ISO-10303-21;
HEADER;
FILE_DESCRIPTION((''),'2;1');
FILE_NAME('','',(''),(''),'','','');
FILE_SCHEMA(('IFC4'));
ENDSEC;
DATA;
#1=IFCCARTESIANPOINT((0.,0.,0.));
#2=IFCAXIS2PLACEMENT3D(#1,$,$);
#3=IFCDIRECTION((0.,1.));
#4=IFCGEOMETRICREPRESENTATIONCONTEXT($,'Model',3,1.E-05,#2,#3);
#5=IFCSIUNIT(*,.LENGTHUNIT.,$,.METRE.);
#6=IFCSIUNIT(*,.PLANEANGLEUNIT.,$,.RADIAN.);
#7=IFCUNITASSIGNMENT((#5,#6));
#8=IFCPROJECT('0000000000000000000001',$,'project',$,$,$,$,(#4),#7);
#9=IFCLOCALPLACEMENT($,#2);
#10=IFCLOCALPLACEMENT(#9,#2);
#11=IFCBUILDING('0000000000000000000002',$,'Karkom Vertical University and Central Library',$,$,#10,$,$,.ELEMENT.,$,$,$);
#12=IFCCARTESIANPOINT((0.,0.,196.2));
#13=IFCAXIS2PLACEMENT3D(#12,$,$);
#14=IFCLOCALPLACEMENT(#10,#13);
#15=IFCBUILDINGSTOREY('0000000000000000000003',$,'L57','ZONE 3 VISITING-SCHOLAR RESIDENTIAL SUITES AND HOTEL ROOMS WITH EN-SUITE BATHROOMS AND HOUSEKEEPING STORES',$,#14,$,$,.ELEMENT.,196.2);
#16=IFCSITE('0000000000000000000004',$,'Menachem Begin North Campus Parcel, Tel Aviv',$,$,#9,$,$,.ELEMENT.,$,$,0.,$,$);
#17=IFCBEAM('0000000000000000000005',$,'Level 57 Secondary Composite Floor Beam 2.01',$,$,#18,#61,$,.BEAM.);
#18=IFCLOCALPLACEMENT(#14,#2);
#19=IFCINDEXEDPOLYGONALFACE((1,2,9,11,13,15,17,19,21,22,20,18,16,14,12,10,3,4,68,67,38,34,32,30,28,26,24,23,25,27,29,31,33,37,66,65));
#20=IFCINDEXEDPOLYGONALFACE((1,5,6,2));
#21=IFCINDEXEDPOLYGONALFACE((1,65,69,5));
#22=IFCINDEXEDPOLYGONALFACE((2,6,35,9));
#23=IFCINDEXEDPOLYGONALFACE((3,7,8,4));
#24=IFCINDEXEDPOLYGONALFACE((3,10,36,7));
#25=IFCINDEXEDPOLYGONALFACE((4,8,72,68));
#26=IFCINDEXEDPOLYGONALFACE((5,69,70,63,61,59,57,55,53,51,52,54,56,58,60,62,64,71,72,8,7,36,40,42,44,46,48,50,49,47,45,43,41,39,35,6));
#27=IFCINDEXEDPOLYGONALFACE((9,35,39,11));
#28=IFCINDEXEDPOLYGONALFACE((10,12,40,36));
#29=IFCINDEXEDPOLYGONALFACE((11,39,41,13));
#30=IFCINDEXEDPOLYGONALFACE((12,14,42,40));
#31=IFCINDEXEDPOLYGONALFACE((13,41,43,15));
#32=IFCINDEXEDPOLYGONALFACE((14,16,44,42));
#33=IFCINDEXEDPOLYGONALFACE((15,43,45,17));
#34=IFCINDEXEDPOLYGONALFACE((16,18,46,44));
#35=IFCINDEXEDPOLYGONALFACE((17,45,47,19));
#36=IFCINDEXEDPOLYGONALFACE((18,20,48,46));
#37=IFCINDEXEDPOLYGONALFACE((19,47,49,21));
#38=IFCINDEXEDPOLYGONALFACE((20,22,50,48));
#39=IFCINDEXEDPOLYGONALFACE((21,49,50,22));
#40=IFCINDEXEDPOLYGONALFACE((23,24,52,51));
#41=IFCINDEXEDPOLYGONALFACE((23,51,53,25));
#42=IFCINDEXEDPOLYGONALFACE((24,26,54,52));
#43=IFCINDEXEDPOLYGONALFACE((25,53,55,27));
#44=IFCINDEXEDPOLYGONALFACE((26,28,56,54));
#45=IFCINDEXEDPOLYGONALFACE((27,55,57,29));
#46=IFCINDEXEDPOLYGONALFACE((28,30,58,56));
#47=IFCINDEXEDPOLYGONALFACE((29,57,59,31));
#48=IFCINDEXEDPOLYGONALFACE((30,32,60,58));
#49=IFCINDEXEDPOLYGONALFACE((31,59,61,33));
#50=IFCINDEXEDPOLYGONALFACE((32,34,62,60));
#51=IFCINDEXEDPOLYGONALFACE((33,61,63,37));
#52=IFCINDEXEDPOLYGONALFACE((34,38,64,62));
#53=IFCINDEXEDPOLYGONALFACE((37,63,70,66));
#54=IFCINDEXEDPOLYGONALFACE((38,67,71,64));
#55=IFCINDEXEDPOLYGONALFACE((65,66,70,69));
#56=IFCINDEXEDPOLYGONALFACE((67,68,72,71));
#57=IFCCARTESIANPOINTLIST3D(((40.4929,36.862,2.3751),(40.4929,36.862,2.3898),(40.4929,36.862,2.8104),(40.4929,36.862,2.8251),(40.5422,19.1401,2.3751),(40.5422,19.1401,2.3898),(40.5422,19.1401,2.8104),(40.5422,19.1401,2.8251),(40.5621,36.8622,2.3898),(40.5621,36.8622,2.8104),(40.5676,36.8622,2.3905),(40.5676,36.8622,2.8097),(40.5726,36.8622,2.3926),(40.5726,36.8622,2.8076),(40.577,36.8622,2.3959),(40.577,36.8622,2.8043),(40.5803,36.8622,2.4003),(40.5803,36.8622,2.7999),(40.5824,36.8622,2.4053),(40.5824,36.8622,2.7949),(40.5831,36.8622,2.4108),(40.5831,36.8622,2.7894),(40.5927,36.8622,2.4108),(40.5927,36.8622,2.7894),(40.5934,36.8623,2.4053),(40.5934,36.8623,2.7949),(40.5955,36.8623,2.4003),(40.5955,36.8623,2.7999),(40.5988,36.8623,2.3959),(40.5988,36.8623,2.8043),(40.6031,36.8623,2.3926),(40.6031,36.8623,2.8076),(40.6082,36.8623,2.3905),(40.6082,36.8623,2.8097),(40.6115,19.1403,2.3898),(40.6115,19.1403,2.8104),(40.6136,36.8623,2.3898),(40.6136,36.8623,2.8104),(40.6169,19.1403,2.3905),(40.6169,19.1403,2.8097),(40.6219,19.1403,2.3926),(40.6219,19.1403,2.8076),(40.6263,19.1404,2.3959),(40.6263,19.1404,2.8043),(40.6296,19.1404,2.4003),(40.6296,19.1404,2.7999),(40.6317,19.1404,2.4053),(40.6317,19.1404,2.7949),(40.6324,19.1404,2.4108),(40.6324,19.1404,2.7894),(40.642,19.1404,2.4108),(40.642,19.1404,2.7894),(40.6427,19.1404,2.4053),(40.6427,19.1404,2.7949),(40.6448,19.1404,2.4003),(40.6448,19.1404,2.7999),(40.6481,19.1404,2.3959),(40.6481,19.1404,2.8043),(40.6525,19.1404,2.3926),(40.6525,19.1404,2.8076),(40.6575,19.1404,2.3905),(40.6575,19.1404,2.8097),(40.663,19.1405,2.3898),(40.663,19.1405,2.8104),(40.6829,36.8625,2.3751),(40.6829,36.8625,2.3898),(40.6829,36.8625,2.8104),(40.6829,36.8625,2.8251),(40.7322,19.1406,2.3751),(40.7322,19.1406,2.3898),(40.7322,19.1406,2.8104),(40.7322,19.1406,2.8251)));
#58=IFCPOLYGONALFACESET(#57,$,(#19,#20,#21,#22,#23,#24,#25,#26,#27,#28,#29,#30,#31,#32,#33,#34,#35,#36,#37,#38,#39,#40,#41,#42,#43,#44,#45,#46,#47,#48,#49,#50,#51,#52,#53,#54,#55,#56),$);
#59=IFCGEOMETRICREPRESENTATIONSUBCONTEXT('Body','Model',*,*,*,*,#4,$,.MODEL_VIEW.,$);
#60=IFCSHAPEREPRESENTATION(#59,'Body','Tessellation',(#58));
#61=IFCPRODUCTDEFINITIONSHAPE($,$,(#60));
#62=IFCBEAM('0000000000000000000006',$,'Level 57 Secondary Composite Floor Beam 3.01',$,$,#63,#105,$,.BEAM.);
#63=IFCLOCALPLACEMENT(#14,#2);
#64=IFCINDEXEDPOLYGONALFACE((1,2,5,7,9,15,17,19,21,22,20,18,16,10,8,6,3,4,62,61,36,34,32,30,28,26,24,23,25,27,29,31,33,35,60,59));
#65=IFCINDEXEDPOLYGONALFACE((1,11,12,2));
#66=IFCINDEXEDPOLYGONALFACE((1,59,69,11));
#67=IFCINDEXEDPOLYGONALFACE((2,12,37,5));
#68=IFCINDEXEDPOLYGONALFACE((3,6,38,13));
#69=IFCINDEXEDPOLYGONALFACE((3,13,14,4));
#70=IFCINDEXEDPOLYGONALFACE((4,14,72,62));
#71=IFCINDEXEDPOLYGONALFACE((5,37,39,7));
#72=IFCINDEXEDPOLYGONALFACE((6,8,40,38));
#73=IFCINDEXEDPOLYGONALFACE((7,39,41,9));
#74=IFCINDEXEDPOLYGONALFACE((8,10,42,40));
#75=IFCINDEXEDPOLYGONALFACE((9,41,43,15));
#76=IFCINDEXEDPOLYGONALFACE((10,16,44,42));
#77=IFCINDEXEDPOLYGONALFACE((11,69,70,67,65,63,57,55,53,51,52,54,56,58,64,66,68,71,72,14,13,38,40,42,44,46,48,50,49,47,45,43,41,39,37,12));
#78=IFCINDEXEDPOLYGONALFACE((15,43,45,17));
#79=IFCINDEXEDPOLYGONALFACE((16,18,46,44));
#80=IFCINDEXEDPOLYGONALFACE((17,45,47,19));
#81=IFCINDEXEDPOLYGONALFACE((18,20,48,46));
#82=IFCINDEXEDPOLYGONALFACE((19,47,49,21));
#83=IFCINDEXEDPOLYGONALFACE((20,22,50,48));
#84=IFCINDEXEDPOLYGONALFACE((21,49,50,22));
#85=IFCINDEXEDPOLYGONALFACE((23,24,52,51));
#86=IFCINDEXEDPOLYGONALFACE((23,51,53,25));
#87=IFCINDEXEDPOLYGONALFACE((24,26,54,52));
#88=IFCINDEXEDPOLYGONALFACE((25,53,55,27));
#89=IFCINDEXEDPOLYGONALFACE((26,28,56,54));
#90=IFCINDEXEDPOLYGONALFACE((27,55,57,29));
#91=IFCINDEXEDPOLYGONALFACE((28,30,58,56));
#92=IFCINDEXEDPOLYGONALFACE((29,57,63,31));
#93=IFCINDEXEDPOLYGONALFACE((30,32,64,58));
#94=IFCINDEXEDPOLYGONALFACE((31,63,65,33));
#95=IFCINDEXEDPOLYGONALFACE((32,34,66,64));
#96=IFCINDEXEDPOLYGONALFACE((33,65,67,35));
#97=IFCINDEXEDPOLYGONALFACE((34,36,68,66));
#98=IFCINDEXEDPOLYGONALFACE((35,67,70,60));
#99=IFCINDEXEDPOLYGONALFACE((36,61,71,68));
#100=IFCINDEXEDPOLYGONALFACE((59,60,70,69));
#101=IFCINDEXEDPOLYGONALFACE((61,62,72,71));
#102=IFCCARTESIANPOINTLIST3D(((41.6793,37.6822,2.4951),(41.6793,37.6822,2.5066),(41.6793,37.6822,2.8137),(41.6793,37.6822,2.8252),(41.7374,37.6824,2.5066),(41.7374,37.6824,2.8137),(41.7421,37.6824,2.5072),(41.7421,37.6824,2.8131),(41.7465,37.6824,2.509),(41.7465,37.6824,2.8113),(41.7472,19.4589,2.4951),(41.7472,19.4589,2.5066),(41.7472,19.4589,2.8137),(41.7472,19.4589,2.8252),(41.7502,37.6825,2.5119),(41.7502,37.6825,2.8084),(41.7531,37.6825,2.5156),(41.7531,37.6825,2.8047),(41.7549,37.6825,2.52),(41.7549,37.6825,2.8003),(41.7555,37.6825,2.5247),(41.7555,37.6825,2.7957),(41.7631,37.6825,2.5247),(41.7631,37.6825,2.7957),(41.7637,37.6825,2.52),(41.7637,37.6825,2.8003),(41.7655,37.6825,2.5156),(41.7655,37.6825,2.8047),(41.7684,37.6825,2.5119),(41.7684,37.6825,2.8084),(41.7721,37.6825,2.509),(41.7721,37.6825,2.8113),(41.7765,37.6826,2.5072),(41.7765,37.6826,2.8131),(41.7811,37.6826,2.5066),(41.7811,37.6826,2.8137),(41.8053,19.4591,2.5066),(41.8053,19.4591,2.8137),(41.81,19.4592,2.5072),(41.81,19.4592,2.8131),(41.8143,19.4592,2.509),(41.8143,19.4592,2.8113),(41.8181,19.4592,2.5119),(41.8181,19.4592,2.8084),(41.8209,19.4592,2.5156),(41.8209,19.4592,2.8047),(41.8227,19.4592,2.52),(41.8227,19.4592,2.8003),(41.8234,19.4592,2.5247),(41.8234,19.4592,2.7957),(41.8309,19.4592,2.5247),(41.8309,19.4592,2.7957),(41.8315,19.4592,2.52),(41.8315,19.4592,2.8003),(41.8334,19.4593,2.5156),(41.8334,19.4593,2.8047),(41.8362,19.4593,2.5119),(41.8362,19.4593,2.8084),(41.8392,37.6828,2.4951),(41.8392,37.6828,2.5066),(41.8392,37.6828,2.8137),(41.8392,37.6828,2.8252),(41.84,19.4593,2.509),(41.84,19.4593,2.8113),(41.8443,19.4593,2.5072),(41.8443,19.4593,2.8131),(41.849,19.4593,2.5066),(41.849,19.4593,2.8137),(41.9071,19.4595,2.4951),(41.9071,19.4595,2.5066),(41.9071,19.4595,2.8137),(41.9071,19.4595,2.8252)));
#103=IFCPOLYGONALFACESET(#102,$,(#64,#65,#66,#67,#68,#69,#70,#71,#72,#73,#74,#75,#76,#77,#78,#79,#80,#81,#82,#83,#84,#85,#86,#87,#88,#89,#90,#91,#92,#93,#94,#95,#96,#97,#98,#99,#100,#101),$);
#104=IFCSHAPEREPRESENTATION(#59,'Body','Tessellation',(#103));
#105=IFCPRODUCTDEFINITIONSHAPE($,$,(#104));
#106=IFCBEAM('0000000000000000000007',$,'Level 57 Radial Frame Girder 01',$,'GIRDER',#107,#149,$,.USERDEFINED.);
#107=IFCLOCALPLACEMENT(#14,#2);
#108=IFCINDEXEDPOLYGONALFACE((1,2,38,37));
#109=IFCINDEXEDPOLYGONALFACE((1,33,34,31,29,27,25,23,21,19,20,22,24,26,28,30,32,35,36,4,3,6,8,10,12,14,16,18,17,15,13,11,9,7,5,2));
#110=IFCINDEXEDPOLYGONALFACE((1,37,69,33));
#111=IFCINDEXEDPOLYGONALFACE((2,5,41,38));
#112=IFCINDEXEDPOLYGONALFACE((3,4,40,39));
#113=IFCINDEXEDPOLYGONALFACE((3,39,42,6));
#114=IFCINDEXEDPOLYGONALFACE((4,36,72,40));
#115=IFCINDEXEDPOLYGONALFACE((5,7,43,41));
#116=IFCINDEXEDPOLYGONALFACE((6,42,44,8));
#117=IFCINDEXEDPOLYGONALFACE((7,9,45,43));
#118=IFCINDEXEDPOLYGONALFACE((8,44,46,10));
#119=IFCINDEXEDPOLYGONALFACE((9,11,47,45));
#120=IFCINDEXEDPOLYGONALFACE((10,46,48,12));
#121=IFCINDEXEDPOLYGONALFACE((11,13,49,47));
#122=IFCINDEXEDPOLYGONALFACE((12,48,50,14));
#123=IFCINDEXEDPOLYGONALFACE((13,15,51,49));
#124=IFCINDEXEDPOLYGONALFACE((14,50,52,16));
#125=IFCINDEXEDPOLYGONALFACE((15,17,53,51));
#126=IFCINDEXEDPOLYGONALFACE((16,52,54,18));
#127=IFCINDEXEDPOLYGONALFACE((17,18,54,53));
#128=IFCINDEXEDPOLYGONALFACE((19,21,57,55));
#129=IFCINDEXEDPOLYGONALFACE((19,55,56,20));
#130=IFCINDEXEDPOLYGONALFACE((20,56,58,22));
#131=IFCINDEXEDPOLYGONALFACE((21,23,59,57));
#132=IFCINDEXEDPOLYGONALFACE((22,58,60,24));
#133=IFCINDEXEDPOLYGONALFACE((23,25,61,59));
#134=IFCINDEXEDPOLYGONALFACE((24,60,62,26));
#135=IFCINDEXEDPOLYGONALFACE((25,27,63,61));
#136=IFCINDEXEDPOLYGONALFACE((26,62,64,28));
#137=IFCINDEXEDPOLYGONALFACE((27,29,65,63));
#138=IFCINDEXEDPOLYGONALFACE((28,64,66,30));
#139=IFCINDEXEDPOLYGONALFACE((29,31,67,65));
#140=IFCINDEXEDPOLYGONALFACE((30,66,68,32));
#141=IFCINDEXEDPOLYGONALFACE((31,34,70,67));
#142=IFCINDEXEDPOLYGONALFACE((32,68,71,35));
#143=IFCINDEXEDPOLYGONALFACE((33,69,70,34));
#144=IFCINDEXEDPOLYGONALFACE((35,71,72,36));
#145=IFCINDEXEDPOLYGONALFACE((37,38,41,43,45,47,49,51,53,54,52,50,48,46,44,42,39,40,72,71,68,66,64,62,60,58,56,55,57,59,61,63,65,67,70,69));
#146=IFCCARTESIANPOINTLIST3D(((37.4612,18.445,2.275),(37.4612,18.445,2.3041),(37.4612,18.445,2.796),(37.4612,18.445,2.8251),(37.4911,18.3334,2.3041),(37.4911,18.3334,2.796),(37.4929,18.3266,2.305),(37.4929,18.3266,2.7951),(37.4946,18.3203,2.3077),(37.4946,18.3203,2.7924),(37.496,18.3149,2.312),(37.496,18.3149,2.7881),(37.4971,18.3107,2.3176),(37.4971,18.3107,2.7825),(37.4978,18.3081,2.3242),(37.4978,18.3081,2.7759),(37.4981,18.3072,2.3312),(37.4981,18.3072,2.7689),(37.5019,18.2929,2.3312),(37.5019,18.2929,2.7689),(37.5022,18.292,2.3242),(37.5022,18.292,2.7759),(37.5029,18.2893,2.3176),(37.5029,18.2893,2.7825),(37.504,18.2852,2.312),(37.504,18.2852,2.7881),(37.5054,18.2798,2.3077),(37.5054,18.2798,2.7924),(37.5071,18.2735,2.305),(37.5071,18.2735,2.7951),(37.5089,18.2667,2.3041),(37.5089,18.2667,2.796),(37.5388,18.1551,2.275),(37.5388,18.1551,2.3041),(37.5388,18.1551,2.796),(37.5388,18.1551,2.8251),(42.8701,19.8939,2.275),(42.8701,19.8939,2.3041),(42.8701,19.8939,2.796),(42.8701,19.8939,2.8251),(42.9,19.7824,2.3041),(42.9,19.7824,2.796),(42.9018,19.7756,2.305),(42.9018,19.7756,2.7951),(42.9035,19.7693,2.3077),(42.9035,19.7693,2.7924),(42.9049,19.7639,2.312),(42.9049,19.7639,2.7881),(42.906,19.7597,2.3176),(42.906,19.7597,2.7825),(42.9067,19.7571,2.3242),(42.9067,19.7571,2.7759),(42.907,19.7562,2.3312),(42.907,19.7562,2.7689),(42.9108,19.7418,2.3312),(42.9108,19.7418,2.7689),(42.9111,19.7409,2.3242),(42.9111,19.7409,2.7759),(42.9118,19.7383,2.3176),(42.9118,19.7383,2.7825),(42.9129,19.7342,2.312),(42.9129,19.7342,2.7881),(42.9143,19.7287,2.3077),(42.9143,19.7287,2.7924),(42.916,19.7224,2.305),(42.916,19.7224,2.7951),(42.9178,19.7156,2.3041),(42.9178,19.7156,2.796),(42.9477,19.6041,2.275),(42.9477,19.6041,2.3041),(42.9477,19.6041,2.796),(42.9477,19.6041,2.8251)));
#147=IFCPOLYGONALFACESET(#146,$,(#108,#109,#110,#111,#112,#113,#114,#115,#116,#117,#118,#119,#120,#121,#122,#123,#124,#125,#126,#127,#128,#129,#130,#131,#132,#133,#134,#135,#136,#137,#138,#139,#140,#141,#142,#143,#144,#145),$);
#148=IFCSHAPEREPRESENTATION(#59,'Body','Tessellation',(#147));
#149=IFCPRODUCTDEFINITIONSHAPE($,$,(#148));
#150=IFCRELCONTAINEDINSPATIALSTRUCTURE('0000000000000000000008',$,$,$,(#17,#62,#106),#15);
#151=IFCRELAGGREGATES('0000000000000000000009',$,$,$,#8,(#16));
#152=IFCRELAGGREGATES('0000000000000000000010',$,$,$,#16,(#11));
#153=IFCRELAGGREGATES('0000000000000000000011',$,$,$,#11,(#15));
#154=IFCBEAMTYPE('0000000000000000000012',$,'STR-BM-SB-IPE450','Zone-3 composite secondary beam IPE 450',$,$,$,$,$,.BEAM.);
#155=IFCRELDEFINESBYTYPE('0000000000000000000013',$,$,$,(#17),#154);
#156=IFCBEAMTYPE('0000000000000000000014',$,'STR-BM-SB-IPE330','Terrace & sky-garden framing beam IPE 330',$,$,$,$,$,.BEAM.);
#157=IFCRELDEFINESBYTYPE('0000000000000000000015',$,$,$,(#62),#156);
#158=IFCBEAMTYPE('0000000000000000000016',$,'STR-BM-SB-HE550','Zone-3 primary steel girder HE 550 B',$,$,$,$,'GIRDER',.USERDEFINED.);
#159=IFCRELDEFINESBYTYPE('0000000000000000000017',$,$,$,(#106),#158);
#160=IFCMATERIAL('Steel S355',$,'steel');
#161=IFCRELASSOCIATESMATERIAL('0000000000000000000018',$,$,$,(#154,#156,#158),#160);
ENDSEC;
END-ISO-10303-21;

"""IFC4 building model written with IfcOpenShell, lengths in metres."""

from ifc_helpers import new_model, si_unit, direction, frame, origin, origin_with_axes, origin_2d, place, context, subcontext, project, spatial, i_section, extrude, source, transform, mapped, material, material_profile, profile_set, type_object, element, save


model = new_model("IFC4")

# Units and contexts
model_context = context("Model", 3, precision=1e-05, world=origin(), true_north=direction((0.0, 1.0)))
body_context = subcontext(model_context, "Body", "Model", "MODEL_VIEW")
ifc_project = project(units=[si_unit("LENGTHUNIT", "METRE"), si_unit("PLANEANGLEUNIT", "RADIAN")], contexts=[model_context])

# Site, building, storey
site_placement = place(None, origin())
site = spatial("IfcSite", under=ifc_project, at=site_placement, Name="Menachem Begin North Campus Parcel, Tel Aviv", CompositionType="ELEMENT", RefElevation=0.0)
building_placement = place(site_placement, origin())
building = spatial("IfcBuilding", under=site, at=building_placement, Name="Karkom Vertical University and Central Library", CompositionType="ELEMENT")
storey_placement = place(building_placement, frame((0.0, 0.0, 196.2)))
storey = spatial("IfcBuildingStorey", under=building, at=storey_placement, Name="L57", Description="ZONE 3 VISITING-SCHOLAR RESIDENTIAL SUITES AND HOTEL ROOMS WITH EN-SUITE BATHROOMS AND HOUSEKEEPING STORES", CompositionType="ELEMENT", Elevation=196.2)

# Beams
ifc_material_1 = material(Name="Steel S355", Category="steel")
ifc_material_profile_1 = material_profile(ifc_material_1, i_section(OverallWidth=0.1899, OverallDepth=0.45, WebThickness=0.0095, FlangeThickness=0.0146, FilletRadius=0.021, at=origin_2d()), Name="IPE 450")
ifc_profile_set_1 = profile_set([ifc_material_profile_1], Name="Steel S355")
beam_type_1 = type_object("IfcBeamType", Name="STR-BM-SB-IPE450", Description="Zone-3 composite secondary beam IPE 450", PredefinedType="BEAM", material=ifc_profile_set_1)
shared_shape_1 = source(origin_with_axes(), body_context, "Body", "SweptSolid", [
    extrude(i_section(OverallWidth=0.1899, OverallDepth=0.45, WebThickness=0.0095, FlangeThickness=0.0146, FilletRadius=0.021, at=origin_2d()), origin(), (0.0, 0.0, 1.0), 17.7219),
])
beam_1_placement = place(storey_placement, frame((40.6372, 19.1404, 2.6001), z_axis=(-0.002783, 0.999996, 0.0), x_axis=(-0.999996, -0.002783, 0.0)))
element("IfcBeam", 1, at=beam_1_placement, inside=storey, type_object=beam_type_1, Name="Level 57 Secondary Composite Floor Beam 2.01", PredefinedType="BEAM", context=body_context, shape_type="MappedRepresentation", body=[
    mapped(shared_shape_1, transform((0.0, 0.0, 0.0), scale=1.0)),
])
ifc_material_profile_2 = material_profile(ifc_material_1, i_section(OverallWidth=0.1599, OverallDepth=0.3301, WebThickness=0.0076, FlangeThickness=0.0115, FilletRadius=0.0181, at=origin_2d()), Name="IPE 330")
ifc_profile_set_2 = profile_set([ifc_material_profile_2], Name="Steel S355")
beam_type_2 = type_object("IfcBeamType", Name="STR-BM-SB-IPE330", Description="Terrace & sky-garden framing beam IPE 330", PredefinedType="BEAM", material=ifc_profile_set_2)
shared_shape_2 = source(origin_with_axes(), body_context, "Body", "SweptSolid", [
    extrude(i_section(OverallWidth=0.1599, OverallDepth=0.3301, WebThickness=0.0076, FlangeThickness=0.0115, FilletRadius=0.0181, at=origin_2d()), origin(), (0.0, 0.0, 1.0), 18.2234),
])
beam_2_placement = place(storey_placement, frame((41.8271, 19.4592, 2.6602), z_axis=(-0.003724, 0.999993, 0.0), x_axis=(-0.999993, -0.003724, 0.0)))
element("IfcBeam", 2, at=beam_2_placement, inside=storey, type_object=beam_type_2, Name="Level 57 Secondary Composite Floor Beam 3.01", PredefinedType="BEAM", context=body_context, shape_type="MappedRepresentation", body=[
    mapped(shared_shape_2, transform((0.0, 0.0, 0.0), scale=1.0)),
])
ifc_material_profile_3 = material_profile(ifc_material_1, i_section(OverallWidth=0.3, OverallDepth=0.55, WebThickness=0.0149, FlangeThickness=0.0291, FilletRadius=0.0271, at=origin_2d()), Name="HE 550 B")
ifc_profile_set_3 = profile_set([ifc_material_profile_3], Name="Steel S355")
beam_type_3 = type_object("IfcBeamType", Name="STR-BM-SB-HE550", Description="Zone-3 primary steel girder HE 550 B", ElementType="GIRDER", PredefinedType="USERDEFINED", material=ifc_profile_set_3)
shared_shape_3 = source(origin_with_axes(), body_context, "Body", "SweptSolid", [
    extrude(i_section(OverallWidth=0.3, OverallDepth=0.55, WebThickness=0.0149, FlangeThickness=0.0291, FilletRadius=0.0271, at=origin_2d()), origin(), (0.0, 0.0, 1.0), 5.5996),
])
beam_3_placement = place(storey_placement, frame((37.5, 18.3, 2.55), z_axis=(0.965941, 0.258762, 0.0), x_axis=(-0.258762, 0.965941, 0.0)))
element("IfcBeam", 3, at=beam_3_placement, inside=storey, type_object=beam_type_3, Name="Level 57 Radial Frame Girder 01", ObjectType="GIRDER", PredefinedType="USERDEFINED", context=body_context, shape_type="MappedRepresentation", body=[
    mapped(shared_shape_3, transform((0.0, 0.0, 0.0), scale=1.0)),
])

save(model, "model.ifc")
